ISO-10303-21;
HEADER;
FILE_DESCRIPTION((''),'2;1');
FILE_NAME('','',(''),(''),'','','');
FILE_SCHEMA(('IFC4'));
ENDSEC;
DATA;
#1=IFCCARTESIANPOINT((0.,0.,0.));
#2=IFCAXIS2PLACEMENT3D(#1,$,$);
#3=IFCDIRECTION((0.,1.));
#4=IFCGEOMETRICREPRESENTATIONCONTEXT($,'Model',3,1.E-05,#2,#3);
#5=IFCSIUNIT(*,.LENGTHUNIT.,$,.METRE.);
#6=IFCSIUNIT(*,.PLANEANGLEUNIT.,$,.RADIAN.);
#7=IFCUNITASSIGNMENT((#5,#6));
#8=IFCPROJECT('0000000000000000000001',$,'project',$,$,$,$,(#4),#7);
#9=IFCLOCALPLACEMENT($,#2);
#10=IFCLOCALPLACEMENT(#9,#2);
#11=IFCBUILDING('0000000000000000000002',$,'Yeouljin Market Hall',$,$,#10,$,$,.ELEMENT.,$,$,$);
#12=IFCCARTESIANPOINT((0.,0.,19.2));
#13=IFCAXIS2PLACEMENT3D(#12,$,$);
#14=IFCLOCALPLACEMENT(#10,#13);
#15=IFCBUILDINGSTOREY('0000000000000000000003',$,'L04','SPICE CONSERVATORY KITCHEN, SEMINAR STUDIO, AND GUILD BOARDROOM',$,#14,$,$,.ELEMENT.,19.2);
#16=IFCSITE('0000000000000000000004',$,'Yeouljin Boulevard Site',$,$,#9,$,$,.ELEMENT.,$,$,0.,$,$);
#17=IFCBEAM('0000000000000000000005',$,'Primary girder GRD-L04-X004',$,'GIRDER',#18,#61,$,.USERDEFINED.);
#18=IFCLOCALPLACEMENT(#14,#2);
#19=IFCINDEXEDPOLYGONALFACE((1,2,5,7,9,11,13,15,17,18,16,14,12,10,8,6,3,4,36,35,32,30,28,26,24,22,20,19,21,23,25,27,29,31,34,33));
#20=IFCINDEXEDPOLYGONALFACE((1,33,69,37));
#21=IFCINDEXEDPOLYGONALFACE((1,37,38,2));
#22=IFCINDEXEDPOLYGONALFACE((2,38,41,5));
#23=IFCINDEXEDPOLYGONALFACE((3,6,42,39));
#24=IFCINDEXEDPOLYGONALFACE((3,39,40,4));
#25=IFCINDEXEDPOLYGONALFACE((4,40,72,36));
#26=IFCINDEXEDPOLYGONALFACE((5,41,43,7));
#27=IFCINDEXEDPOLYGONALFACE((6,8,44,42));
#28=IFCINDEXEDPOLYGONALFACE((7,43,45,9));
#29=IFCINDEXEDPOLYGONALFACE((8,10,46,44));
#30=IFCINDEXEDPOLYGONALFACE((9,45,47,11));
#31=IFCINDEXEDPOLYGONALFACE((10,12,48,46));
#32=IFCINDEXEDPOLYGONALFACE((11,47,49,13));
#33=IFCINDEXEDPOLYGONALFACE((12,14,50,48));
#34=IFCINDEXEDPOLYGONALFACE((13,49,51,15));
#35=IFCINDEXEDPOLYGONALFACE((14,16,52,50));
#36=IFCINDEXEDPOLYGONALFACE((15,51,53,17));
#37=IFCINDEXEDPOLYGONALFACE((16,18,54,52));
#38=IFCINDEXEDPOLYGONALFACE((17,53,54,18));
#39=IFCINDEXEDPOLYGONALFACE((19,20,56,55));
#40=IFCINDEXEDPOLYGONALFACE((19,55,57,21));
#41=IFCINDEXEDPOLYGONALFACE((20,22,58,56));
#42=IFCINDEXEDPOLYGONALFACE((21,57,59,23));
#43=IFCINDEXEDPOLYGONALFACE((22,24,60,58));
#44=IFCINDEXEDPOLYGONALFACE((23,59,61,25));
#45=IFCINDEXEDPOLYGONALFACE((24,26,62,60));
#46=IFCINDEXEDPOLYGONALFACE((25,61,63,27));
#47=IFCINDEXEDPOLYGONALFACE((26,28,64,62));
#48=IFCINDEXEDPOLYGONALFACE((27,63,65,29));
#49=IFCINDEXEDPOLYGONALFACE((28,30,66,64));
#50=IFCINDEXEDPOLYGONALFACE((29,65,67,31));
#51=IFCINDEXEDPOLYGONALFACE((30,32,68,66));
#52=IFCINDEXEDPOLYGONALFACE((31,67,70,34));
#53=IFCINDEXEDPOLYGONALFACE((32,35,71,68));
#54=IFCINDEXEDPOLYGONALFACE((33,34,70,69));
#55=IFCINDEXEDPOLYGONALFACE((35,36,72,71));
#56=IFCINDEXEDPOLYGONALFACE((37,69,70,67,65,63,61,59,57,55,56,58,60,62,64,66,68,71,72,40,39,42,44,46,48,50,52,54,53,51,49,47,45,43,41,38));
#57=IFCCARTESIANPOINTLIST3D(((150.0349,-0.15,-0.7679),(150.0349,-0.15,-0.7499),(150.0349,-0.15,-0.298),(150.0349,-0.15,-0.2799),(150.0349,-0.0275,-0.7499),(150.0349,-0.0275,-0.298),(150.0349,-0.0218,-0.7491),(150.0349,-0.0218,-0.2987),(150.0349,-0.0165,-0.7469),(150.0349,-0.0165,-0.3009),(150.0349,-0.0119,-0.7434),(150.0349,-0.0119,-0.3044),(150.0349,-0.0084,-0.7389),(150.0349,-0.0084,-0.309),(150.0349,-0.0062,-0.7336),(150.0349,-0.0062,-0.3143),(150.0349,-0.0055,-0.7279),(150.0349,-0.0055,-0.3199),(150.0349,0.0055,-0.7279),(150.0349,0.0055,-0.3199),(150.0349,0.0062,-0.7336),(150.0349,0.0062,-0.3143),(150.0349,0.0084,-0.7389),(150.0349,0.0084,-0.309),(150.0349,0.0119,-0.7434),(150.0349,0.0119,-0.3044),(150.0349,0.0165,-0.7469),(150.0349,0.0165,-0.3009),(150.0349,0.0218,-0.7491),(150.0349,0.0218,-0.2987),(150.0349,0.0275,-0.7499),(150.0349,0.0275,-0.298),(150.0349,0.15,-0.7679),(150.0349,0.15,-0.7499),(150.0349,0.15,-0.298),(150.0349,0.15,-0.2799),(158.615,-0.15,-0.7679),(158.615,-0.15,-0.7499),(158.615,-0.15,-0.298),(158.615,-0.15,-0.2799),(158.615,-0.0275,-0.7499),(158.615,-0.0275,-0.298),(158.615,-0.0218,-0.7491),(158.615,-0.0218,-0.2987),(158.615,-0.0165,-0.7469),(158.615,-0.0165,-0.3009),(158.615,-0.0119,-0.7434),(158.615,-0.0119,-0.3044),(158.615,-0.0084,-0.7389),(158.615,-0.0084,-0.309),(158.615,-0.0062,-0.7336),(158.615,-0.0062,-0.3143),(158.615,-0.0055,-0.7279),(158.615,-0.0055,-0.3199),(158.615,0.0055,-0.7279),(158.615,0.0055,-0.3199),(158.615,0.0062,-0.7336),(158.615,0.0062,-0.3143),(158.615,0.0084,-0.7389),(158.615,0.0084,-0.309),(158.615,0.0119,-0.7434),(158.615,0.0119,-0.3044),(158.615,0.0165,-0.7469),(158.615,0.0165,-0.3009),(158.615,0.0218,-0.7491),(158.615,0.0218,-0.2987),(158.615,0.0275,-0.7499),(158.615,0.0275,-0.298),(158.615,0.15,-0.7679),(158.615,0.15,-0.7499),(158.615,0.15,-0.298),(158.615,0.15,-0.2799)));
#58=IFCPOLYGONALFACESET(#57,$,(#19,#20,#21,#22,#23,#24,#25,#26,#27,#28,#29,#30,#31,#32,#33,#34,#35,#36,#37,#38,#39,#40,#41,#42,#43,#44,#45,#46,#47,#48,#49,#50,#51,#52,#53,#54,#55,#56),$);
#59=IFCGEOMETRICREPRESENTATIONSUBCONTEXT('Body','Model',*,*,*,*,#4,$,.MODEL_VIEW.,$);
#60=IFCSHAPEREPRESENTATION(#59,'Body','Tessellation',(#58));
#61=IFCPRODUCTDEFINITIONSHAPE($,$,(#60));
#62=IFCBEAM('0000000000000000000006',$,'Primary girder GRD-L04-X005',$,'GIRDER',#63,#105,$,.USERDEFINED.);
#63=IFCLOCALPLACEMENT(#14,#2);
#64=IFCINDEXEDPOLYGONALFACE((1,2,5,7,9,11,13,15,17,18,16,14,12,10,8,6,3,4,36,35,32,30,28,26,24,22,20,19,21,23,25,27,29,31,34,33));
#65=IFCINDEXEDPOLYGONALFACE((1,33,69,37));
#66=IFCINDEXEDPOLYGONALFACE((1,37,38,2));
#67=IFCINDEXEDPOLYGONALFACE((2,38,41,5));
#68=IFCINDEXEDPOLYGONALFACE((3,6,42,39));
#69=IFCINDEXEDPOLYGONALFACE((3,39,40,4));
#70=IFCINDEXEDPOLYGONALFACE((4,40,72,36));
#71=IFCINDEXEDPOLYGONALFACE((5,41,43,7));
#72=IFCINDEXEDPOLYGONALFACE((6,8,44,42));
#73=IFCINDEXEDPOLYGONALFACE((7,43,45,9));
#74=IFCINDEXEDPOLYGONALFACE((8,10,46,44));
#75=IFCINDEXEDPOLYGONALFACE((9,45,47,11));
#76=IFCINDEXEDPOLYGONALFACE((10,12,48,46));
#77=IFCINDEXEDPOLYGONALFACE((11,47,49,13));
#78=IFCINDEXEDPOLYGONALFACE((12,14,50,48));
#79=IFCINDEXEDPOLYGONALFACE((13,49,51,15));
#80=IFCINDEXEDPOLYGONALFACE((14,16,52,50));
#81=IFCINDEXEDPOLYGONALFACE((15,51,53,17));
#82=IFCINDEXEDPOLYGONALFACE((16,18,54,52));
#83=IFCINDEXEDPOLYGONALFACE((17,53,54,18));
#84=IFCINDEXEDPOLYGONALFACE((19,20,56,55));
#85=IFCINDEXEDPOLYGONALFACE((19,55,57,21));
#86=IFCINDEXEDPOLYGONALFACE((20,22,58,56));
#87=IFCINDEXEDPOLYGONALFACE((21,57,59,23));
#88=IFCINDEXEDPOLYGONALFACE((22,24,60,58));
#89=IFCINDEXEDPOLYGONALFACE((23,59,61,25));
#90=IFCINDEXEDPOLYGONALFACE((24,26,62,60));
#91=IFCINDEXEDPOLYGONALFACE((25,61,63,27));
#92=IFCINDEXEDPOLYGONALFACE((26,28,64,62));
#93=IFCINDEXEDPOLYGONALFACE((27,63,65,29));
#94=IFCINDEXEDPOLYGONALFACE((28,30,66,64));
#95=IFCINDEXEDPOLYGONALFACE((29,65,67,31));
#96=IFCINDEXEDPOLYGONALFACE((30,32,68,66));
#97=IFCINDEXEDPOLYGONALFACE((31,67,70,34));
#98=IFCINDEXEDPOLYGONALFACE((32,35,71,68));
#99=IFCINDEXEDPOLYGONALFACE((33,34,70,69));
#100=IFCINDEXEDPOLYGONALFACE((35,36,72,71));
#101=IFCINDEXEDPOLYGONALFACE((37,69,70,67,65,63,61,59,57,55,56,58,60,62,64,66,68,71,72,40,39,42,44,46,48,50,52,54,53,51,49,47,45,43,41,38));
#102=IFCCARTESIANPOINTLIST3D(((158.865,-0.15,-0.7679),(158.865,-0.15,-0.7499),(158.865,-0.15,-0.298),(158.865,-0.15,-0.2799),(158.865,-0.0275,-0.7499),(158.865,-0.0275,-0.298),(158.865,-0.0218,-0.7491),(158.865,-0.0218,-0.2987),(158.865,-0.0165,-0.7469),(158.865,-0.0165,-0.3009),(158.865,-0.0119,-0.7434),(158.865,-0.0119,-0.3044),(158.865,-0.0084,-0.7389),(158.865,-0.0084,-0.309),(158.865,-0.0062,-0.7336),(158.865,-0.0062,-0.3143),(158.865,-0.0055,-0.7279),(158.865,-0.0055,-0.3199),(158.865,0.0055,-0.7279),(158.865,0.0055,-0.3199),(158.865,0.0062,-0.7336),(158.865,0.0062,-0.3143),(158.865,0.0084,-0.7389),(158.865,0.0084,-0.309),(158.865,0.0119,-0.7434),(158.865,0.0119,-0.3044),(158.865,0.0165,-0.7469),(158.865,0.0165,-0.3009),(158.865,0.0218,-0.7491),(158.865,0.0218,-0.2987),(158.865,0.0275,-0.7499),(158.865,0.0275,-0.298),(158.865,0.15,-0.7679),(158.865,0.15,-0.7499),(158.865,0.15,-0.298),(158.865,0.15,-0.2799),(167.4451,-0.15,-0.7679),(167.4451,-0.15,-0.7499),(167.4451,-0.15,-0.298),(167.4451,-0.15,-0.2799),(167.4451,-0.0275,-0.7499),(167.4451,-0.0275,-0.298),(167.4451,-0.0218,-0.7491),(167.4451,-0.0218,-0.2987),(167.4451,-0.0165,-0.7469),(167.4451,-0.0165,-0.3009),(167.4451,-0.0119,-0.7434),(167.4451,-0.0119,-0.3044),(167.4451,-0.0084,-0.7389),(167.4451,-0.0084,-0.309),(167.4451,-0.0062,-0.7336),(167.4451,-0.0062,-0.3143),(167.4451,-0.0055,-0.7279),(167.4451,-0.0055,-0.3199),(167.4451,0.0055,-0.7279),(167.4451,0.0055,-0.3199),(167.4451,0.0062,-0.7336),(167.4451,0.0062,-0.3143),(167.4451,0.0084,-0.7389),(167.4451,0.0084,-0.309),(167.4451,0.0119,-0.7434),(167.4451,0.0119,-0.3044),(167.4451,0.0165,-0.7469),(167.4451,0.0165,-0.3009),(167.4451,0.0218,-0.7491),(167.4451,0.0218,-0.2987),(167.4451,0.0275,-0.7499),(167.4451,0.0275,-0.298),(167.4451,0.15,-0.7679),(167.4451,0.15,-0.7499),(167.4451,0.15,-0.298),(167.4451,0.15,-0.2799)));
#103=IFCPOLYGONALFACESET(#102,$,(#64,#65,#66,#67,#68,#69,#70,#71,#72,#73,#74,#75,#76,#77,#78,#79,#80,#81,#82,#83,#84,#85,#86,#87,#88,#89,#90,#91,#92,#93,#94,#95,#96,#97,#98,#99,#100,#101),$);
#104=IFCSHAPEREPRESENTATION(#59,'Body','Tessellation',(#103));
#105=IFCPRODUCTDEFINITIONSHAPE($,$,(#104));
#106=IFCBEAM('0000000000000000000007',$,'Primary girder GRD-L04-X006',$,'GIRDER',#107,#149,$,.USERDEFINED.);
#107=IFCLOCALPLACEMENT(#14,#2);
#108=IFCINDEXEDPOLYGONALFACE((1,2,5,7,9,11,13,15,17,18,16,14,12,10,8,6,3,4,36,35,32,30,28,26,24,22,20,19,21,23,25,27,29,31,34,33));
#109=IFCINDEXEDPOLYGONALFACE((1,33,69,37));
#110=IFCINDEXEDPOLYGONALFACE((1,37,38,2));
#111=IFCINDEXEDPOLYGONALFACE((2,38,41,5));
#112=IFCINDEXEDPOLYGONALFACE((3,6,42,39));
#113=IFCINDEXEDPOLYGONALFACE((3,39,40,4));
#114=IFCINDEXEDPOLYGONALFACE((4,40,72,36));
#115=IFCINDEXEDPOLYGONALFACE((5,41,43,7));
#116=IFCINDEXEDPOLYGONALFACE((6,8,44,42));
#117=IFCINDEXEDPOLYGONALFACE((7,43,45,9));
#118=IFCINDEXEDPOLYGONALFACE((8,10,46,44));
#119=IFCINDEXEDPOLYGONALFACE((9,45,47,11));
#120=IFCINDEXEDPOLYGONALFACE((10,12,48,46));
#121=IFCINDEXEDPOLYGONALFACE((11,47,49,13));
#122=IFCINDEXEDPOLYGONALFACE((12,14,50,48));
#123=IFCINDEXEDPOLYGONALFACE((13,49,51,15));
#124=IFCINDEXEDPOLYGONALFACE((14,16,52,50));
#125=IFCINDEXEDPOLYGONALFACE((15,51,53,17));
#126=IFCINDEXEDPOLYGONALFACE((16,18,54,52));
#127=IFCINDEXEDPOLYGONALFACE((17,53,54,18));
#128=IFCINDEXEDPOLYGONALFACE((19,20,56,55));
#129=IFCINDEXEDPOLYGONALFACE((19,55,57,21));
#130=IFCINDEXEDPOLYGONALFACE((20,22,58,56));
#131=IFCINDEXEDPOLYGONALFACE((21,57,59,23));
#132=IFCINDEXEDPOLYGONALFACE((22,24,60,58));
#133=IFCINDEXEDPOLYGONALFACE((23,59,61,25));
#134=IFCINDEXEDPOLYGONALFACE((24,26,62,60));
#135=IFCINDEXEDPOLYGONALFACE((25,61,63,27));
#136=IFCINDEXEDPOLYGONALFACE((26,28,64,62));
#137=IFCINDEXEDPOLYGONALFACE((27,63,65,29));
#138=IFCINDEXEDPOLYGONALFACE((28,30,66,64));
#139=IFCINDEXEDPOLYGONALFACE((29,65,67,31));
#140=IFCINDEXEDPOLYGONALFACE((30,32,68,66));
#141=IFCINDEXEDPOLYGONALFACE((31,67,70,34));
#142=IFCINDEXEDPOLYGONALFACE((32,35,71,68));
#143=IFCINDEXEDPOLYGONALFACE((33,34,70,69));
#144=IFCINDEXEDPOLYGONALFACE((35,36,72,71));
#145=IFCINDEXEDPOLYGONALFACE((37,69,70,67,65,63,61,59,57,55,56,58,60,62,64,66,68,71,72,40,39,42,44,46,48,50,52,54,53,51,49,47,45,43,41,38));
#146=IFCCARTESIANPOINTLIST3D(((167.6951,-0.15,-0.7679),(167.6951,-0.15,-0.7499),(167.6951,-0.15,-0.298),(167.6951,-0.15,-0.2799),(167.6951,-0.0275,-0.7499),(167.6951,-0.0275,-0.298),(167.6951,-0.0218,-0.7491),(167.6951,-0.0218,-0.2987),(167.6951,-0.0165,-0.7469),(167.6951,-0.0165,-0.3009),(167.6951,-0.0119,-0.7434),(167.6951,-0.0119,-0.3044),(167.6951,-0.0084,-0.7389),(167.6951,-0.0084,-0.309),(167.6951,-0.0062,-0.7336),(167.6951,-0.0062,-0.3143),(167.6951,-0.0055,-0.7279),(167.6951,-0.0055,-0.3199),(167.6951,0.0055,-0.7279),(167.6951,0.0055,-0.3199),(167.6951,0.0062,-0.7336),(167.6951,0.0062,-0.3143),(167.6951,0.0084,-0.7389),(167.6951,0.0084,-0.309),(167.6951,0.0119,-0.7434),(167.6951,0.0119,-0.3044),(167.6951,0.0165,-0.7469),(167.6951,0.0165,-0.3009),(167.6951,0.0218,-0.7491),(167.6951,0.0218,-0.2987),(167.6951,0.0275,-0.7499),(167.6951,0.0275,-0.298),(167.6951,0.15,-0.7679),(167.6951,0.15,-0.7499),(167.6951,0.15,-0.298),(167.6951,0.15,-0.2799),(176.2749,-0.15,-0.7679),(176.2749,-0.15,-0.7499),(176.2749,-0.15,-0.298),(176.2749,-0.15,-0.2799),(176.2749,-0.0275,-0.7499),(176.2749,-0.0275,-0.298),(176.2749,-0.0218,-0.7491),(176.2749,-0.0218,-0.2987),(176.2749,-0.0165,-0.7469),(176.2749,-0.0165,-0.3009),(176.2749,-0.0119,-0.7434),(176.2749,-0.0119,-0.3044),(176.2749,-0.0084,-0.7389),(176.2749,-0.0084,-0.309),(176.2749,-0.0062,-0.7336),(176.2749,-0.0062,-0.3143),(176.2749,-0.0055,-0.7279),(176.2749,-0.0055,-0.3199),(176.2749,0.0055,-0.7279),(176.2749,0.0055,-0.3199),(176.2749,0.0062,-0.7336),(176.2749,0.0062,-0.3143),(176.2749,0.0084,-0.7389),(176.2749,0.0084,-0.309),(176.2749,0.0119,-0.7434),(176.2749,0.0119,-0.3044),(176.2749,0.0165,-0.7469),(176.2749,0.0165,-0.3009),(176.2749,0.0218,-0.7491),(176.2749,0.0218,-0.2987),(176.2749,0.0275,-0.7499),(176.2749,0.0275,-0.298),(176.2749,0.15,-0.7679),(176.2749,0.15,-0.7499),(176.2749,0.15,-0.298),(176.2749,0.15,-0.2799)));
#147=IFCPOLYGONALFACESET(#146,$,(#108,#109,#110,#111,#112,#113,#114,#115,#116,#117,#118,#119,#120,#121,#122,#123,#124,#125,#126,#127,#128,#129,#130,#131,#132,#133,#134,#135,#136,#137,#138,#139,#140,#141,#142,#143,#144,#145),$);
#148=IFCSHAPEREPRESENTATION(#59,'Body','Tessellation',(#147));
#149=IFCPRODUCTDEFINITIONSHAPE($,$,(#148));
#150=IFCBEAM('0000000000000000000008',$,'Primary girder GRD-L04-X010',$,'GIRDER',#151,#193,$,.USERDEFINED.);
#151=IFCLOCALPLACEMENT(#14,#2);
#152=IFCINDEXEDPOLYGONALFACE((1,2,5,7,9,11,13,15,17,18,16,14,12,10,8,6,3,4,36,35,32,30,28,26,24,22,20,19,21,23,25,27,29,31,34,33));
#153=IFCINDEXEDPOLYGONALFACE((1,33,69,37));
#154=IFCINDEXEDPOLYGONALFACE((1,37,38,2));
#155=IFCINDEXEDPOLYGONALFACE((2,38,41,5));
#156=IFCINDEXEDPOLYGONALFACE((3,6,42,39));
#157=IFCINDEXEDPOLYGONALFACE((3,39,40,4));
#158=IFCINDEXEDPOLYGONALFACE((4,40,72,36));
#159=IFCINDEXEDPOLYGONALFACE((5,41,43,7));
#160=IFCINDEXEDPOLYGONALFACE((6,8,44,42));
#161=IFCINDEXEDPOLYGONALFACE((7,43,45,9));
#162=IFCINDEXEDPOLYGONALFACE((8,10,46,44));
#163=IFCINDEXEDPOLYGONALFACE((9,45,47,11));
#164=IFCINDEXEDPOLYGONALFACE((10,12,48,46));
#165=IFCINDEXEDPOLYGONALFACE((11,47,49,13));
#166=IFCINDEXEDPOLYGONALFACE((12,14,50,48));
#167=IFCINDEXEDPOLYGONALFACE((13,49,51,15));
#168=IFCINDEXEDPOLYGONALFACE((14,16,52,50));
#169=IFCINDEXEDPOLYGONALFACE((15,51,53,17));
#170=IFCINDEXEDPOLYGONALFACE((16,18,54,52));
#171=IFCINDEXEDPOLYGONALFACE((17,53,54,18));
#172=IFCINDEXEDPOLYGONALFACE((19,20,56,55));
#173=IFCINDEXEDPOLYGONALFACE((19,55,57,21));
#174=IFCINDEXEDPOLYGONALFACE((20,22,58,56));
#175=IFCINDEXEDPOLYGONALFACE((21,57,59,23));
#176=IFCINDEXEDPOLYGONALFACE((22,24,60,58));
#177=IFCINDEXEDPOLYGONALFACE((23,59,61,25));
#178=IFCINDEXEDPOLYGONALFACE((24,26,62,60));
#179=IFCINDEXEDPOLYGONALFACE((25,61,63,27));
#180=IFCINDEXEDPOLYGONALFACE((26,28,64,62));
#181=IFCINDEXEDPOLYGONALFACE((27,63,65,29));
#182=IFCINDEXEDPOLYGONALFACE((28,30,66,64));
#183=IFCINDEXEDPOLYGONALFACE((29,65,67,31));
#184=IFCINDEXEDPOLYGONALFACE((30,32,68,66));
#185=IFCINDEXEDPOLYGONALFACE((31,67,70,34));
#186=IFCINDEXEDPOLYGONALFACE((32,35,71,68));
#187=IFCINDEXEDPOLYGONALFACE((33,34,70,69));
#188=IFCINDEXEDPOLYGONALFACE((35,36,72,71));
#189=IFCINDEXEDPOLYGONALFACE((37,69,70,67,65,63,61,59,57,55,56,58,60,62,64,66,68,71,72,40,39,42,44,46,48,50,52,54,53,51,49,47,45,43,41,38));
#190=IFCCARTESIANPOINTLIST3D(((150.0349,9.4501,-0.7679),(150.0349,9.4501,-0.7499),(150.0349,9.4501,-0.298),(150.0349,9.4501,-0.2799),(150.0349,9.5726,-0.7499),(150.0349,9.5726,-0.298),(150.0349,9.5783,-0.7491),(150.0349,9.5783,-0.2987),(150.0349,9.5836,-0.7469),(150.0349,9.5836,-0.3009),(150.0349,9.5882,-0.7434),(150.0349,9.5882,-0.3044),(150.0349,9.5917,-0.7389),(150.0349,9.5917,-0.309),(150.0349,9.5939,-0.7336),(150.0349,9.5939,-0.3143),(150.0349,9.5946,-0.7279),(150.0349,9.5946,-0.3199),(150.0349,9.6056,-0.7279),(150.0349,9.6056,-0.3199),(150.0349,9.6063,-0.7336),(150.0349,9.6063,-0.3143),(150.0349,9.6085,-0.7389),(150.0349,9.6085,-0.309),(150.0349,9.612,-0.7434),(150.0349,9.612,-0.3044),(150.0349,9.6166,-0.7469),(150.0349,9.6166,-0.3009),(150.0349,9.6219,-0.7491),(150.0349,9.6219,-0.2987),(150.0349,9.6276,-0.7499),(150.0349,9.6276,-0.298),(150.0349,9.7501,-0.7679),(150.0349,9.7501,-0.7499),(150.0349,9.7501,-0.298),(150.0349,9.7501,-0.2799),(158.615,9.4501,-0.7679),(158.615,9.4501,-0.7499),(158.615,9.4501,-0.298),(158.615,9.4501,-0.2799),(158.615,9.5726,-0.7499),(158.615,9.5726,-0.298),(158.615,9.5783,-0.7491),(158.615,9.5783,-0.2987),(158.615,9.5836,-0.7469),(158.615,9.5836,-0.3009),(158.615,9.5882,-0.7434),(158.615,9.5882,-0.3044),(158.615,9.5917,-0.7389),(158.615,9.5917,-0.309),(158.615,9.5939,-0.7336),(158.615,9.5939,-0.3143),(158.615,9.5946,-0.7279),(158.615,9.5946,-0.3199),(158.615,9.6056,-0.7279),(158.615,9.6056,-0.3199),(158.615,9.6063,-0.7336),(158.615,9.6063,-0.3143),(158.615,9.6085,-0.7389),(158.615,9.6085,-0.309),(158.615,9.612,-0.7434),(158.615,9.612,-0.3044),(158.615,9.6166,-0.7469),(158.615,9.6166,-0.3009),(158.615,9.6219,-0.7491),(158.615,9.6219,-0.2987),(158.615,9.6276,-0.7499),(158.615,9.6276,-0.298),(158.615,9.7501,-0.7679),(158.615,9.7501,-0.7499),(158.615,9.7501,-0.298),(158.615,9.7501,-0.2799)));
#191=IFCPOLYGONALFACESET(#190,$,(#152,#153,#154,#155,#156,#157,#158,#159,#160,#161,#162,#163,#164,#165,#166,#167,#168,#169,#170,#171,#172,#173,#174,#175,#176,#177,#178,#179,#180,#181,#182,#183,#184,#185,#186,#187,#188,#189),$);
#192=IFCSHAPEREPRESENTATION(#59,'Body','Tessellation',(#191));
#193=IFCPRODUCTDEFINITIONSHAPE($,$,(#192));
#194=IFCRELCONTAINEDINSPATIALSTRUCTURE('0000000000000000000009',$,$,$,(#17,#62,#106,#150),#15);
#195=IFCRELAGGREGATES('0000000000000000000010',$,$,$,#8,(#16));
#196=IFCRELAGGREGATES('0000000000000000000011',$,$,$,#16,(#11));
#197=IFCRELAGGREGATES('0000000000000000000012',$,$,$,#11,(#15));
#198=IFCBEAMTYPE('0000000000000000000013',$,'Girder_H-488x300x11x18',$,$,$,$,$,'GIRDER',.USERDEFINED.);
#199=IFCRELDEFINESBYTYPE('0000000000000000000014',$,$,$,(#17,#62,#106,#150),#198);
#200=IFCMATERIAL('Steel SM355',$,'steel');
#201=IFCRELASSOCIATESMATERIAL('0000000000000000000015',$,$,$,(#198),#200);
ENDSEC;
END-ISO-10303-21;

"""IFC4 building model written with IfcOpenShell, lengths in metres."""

from ifc_helpers import new_model, si_unit, direction, frame, origin, origin_2d, place, context, subcontext, project, spatial, i_section, extrude, material, material_profile, profile_set, type_object, element, save


model = new_model("IFC4")

# Units and contexts
model_context = context("Model", 3, precision=1e-05, world=origin(), true_north=direction((0.0, 1.0)))
body_context = subcontext(model_context, "Body", "Model", "MODEL_VIEW")
ifc_project = project(units=[si_unit("LENGTHUNIT", "METRE"), si_unit("PLANEANGLEUNIT", "RADIAN")], contexts=[model_context])

# Site, building, storey
site_placement = place(None, origin())
site = spatial("IfcSite", under=ifc_project, at=site_placement, Name="Yeouljin Boulevard Site", CompositionType="ELEMENT", RefElevation=0.0)
building_placement = place(site_placement, origin())
building = spatial("IfcBuilding", under=site, at=building_placement, Name="Yeouljin Market Hall", CompositionType="ELEMENT")
storey_placement = place(building_placement, frame((0.0, 0.0, 19.2)))
storey = spatial("IfcBuildingStorey", under=building, at=storey_placement, Name="L04", Description="SPICE CONSERVATORY KITCHEN, SEMINAR STUDIO, AND GUILD BOARDROOM", CompositionType="ELEMENT", Elevation=19.2)

# Beams
ifc_material_1 = material(Name="Steel SM355", Category="steel")
ifc_material_profile_1 = material_profile(ifc_material_1, i_section(OverallWidth=0.3, OverallDepth=0.488, WebThickness=0.011, FlangeThickness=0.0181, FilletRadius=0.022, at=origin_2d()), Name="H-488x300x11x18")
ifc_profile_set_1 = profile_set([ifc_material_profile_1], Name="Steel SM355")
beam_type_1 = type_object("IfcBeamType", Name="Girder_H-488x300x11x18", ElementType="GIRDER", PredefinedType="USERDEFINED", material=ifc_profile_set_1)
for number, where, z_axis, x_axis, name in (
    (1, (150.0349, 0.0, -0.5239), (1.0, 0.0, 0.0), (0.0, 1.0, 0.0), "Primary girder GRD-L04-X004"),
    (2, (158.865, 0.0, -0.5239), (1.0, 0.0, 0.0), (0.0, 1.0, 0.0), "Primary girder GRD-L04-X005"),
):
    element("IfcBeam", number, at=place(storey_placement, frame(where, z_axis=z_axis, x_axis=x_axis)), inside=storey, type_object=beam_type_1, Name=name, ObjectType="GIRDER", PredefinedType="USERDEFINED", context=body_context, shape_type="SweptSolid", body=[
        extrude(i_section(OverallWidth=0.3, OverallDepth=0.488, WebThickness=0.011, FlangeThickness=0.0181, FilletRadius=0.022, at=origin_2d()), origin(), (0.0, 0.0, 1.0), 8.5801),
    ])
beam_1_placement = place(storey_placement, frame((167.6951, 0.0, -0.5239), z_axis=(1.0, 0.0, 0.0), x_axis=(0.0, 1.0, 0.0)))
element("IfcBeam", 3, at=beam_1_placement, inside=storey, type_object=beam_type_1, Name="Primary girder GRD-L04-X006", ObjectType="GIRDER", PredefinedType="USERDEFINED", context=body_context, shape_type="SweptSolid", body=[
    extrude(i_section(OverallWidth=0.3, OverallDepth=0.488, WebThickness=0.011, FlangeThickness=0.0181, FilletRadius=0.022, at=origin_2d()), origin(), (0.0, 0.0, 1.0), 8.5798),
])
for number, where, z_axis, x_axis, name in (
    (4, (150.0349, 9.6001, -0.5239), (1.0, 0.0, 0.0), (0.0, 1.0, 0.0), "Primary girder GRD-L04-X010"),
):
    element("IfcBeam", number, at=place(storey_placement, frame(where, z_axis=z_axis, x_axis=x_axis)), inside=storey, type_object=beam_type_1, Name=name, ObjectType="GIRDER", PredefinedType="USERDEFINED", context=body_context, shape_type="SweptSolid", body=[
        extrude(i_section(OverallWidth=0.3, OverallDepth=0.488, WebThickness=0.011, FlangeThickness=0.0181, FilletRadius=0.022, at=origin_2d()), origin(), (0.0, 0.0, 1.0), 8.5801),
    ])

save(model, "model.ifc")
